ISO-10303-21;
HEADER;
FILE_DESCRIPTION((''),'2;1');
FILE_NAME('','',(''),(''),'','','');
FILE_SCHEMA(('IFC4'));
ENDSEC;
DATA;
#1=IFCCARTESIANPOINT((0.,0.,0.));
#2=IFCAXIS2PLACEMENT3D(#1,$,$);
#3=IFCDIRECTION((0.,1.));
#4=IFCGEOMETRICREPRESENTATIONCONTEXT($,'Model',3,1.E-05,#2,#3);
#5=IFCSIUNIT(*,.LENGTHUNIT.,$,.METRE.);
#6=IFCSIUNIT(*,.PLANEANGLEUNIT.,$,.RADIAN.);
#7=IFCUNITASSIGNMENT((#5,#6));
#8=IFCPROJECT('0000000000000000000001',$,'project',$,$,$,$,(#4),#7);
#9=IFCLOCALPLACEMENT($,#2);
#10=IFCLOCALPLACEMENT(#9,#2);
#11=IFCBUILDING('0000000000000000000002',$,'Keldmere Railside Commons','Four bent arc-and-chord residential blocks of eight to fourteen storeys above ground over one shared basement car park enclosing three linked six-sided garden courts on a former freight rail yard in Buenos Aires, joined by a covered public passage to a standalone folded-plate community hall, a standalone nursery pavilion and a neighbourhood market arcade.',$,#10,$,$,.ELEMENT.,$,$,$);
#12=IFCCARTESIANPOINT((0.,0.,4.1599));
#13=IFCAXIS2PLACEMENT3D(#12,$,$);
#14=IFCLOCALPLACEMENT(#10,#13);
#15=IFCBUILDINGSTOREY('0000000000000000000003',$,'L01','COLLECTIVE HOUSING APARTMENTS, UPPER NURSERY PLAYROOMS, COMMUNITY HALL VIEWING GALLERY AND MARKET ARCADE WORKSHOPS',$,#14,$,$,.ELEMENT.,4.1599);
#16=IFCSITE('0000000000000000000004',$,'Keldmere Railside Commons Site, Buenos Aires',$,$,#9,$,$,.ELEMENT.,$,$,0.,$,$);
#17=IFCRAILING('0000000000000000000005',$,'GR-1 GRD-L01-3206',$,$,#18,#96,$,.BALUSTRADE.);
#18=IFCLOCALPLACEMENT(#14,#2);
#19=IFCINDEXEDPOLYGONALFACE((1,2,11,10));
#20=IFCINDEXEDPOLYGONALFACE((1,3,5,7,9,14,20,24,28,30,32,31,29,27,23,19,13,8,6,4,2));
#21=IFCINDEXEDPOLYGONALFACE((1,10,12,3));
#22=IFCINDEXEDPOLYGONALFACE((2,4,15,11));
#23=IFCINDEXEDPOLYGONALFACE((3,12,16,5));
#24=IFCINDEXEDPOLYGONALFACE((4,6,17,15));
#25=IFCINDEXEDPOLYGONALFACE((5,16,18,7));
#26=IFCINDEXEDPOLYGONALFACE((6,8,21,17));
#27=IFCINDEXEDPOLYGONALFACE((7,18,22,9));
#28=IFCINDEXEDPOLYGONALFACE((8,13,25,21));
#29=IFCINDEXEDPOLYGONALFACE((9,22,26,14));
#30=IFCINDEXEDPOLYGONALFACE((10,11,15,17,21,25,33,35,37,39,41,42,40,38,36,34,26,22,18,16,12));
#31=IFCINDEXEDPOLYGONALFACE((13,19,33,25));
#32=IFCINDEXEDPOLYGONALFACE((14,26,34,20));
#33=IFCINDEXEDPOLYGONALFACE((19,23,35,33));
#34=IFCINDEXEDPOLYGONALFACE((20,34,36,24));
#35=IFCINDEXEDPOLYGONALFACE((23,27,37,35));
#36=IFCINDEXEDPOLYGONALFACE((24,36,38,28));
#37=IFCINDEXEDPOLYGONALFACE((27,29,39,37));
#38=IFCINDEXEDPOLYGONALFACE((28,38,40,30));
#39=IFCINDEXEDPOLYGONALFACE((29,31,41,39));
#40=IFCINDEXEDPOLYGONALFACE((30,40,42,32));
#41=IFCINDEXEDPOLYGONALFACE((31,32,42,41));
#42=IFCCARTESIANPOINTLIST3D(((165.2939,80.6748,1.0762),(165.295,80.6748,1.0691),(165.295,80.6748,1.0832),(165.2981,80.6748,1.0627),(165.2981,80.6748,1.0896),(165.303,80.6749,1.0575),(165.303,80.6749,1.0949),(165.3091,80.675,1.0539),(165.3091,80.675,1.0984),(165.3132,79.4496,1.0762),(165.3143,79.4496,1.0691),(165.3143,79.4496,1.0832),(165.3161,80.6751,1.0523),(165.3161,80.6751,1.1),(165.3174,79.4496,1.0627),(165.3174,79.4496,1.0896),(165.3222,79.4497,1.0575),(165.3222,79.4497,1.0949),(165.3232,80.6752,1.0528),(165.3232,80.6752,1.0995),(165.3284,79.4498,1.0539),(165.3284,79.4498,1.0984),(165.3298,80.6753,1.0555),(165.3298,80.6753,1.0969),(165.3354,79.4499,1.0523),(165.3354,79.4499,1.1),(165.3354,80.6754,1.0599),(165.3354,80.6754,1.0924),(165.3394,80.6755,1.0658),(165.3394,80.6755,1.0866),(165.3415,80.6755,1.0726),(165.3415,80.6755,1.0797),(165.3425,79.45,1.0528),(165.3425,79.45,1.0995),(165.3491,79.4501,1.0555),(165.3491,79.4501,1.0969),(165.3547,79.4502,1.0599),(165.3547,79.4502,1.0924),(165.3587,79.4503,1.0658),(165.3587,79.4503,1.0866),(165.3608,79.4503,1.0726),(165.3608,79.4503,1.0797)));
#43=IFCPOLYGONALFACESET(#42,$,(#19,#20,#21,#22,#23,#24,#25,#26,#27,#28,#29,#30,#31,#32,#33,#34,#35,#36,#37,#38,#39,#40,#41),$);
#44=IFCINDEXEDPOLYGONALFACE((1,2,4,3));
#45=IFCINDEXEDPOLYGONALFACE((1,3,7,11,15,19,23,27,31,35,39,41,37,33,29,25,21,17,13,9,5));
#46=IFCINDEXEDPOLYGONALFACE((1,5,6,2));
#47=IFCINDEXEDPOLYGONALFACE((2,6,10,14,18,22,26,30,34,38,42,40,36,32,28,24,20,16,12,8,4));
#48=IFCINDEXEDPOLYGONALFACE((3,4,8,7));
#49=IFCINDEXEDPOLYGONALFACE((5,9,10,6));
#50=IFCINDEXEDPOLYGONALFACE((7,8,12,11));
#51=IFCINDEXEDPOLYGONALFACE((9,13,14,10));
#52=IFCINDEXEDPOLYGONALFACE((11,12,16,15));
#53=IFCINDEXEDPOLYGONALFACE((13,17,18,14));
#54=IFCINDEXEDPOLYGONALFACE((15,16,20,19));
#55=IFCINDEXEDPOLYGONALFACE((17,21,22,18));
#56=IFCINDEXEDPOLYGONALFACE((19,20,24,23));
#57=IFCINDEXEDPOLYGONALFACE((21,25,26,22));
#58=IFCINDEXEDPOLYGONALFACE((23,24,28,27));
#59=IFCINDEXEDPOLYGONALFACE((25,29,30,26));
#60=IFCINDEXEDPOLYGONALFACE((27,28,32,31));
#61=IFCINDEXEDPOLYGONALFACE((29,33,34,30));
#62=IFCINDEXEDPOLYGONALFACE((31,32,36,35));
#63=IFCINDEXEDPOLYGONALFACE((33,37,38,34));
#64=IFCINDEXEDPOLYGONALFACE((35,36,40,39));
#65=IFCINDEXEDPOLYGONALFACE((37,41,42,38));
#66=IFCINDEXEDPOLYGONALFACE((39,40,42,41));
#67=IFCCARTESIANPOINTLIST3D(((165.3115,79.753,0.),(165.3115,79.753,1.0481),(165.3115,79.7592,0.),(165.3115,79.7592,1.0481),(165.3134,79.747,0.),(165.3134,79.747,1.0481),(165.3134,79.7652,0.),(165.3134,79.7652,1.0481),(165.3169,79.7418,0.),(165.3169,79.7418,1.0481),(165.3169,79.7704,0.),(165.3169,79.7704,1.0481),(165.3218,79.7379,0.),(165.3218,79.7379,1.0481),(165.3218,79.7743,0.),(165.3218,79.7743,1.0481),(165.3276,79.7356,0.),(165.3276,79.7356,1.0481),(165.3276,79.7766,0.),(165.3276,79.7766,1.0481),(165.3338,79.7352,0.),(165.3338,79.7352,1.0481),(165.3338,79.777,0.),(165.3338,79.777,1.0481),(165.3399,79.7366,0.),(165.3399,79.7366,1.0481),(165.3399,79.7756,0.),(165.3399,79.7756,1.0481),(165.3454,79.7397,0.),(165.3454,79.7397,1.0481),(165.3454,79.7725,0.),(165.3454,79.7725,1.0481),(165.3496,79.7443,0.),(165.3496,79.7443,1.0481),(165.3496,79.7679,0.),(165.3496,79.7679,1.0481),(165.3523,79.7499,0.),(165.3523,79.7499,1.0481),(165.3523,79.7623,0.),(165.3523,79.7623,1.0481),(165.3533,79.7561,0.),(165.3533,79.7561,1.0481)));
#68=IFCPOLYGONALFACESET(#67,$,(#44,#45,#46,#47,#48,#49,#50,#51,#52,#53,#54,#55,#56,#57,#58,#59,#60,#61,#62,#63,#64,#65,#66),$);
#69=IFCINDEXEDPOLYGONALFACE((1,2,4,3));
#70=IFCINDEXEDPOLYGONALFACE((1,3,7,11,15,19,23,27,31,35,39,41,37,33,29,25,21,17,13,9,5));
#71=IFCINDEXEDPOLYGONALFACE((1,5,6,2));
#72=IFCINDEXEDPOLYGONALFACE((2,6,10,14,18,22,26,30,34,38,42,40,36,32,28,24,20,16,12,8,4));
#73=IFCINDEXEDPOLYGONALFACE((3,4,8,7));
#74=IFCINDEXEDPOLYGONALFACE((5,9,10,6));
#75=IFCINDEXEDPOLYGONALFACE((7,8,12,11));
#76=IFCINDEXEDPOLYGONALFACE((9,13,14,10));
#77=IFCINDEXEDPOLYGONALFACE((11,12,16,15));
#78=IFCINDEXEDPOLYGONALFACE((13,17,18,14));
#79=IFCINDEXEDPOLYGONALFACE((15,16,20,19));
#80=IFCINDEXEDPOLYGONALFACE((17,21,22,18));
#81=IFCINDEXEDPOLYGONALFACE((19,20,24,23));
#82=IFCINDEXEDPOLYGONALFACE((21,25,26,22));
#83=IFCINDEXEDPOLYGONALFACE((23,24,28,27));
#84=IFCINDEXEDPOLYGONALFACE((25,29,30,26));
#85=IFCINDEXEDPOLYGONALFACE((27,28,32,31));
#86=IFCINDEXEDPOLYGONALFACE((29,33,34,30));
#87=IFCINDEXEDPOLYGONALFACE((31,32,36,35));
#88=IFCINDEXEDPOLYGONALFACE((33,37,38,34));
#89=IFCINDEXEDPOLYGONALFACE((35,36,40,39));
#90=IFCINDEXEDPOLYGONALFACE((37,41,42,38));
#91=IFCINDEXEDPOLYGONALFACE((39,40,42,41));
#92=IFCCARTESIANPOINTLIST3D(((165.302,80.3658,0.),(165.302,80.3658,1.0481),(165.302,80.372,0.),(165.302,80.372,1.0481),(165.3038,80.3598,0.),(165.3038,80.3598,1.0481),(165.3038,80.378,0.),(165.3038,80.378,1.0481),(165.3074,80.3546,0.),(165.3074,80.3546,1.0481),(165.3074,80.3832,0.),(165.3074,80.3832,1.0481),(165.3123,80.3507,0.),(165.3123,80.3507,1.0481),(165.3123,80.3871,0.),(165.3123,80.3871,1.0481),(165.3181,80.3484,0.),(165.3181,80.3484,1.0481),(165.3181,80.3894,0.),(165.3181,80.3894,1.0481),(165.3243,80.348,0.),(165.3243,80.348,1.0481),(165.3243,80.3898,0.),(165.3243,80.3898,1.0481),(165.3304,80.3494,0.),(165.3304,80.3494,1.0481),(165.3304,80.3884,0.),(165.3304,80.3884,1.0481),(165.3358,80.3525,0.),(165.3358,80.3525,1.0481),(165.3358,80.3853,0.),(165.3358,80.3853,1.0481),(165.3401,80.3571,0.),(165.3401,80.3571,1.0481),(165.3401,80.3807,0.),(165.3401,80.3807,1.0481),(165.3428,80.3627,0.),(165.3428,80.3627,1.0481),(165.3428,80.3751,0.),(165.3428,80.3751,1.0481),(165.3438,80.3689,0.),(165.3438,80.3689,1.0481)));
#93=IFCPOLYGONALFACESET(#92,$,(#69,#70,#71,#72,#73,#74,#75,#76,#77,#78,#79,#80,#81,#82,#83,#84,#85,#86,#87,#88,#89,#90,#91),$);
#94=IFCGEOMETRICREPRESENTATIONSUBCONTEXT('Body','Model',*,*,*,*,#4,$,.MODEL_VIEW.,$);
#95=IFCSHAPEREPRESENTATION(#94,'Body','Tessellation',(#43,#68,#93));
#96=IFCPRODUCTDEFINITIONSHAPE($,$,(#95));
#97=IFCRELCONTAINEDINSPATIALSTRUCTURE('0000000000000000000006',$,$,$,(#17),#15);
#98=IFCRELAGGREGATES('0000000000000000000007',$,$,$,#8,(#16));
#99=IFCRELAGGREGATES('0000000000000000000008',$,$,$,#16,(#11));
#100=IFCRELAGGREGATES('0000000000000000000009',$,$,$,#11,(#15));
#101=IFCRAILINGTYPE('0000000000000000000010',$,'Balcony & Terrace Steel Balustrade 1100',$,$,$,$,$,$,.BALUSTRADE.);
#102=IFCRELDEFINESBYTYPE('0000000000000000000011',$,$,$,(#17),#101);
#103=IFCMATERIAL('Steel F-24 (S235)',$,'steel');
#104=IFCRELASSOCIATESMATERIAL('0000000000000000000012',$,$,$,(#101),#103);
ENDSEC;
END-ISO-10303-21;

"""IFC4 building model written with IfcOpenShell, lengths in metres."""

from ifc_helpers import new_model, si_unit, direction, frame, origin, origin_2d, place, context, subcontext, project, spatial, circle, extrude, material, type_object, element, save


model = new_model("IFC4")

# Units and contexts
model_context = context("Model", 3, precision=1e-05, world=origin(), true_north=direction((0.0, 1.0)))
body_context = subcontext(model_context, "Body", "Model", "MODEL_VIEW")
ifc_project = project(units=[si_unit("LENGTHUNIT", "METRE"), si_unit("PLANEANGLEUNIT", "RADIAN")], contexts=[model_context])

# Site, building, storey
site_placement = place(None, origin())
site = spatial("IfcSite", under=ifc_project, at=site_placement, Name="Keldmere Railside Commons Site, Buenos Aires", CompositionType="ELEMENT", RefElevation=0.0)
building_placement = place(site_placement, origin())
building = spatial("IfcBuilding", under=site, at=building_placement, Name="Keldmere Railside Commons", Description="Four bent arc-and-chord residential blocks of eight to fourteen storeys above ground over one shared basement car park enclosing three linked six-sided garden courts on a former freight rail yard in Buenos Aires, joined by a covered public passage to a standalone folded-plate community hall, a standalone nursery pavilion and a neighbourhood market arcade.", CompositionType="ELEMENT")
storey_placement = place(building_placement, frame((0.0, 0.0, 4.1599)))
storey = spatial("IfcBuildingStorey", under=building, at=storey_placement, Name="L01", Description="COLLECTIVE HOUSING APARTMENTS, UPPER NURSERY PLAYROOMS, COMMUNITY HALL VIEWING GALLERY AND MARKET ARCADE WORKSHOPS", CompositionType="ELEMENT", Elevation=4.1599)

# Railing
ifc_material_1 = material(Name="Steel F-24 (S235)", Category="steel")
railing_type = type_object("IfcRailingType", Name="Balcony & Terrace Steel Balustrade 1100", PredefinedType="BALUSTRADE", material=ifc_material_1)
railing_1_placement = place(storey_placement, frame((165.3372, 79.45, 0.0)))
element("IfcRailing", 1, at=railing_1_placement, inside=storey, type_object=railing_type, Name="GR-1 GRD-L01-3206", PredefinedType="BALUSTRADE", context=body_context, shape_type="SweptSolid", body=[
    extrude(circle(Radius=0.0239, at=origin_2d()), frame((0.0, 0.0, 1.0762), z_axis=(-0.015741, 0.999876, 0.0), x_axis=(-0.999876, -0.015741, 0.0)), (0.0, 0.0, 1.0), 1.2253),
    extrude(circle(Radius=0.021, at=origin_2d()), frame((-0.0049, 0.3062, 0.0)), (0.0, 0.0, 1.0), 1.0481),
    extrude(circle(Radius=0.021, at=origin_2d()), frame((-0.0144, 0.9189, 0.0)), (0.0, 0.0, 1.0), 1.0481),
])

save(model, "model.ifc")
